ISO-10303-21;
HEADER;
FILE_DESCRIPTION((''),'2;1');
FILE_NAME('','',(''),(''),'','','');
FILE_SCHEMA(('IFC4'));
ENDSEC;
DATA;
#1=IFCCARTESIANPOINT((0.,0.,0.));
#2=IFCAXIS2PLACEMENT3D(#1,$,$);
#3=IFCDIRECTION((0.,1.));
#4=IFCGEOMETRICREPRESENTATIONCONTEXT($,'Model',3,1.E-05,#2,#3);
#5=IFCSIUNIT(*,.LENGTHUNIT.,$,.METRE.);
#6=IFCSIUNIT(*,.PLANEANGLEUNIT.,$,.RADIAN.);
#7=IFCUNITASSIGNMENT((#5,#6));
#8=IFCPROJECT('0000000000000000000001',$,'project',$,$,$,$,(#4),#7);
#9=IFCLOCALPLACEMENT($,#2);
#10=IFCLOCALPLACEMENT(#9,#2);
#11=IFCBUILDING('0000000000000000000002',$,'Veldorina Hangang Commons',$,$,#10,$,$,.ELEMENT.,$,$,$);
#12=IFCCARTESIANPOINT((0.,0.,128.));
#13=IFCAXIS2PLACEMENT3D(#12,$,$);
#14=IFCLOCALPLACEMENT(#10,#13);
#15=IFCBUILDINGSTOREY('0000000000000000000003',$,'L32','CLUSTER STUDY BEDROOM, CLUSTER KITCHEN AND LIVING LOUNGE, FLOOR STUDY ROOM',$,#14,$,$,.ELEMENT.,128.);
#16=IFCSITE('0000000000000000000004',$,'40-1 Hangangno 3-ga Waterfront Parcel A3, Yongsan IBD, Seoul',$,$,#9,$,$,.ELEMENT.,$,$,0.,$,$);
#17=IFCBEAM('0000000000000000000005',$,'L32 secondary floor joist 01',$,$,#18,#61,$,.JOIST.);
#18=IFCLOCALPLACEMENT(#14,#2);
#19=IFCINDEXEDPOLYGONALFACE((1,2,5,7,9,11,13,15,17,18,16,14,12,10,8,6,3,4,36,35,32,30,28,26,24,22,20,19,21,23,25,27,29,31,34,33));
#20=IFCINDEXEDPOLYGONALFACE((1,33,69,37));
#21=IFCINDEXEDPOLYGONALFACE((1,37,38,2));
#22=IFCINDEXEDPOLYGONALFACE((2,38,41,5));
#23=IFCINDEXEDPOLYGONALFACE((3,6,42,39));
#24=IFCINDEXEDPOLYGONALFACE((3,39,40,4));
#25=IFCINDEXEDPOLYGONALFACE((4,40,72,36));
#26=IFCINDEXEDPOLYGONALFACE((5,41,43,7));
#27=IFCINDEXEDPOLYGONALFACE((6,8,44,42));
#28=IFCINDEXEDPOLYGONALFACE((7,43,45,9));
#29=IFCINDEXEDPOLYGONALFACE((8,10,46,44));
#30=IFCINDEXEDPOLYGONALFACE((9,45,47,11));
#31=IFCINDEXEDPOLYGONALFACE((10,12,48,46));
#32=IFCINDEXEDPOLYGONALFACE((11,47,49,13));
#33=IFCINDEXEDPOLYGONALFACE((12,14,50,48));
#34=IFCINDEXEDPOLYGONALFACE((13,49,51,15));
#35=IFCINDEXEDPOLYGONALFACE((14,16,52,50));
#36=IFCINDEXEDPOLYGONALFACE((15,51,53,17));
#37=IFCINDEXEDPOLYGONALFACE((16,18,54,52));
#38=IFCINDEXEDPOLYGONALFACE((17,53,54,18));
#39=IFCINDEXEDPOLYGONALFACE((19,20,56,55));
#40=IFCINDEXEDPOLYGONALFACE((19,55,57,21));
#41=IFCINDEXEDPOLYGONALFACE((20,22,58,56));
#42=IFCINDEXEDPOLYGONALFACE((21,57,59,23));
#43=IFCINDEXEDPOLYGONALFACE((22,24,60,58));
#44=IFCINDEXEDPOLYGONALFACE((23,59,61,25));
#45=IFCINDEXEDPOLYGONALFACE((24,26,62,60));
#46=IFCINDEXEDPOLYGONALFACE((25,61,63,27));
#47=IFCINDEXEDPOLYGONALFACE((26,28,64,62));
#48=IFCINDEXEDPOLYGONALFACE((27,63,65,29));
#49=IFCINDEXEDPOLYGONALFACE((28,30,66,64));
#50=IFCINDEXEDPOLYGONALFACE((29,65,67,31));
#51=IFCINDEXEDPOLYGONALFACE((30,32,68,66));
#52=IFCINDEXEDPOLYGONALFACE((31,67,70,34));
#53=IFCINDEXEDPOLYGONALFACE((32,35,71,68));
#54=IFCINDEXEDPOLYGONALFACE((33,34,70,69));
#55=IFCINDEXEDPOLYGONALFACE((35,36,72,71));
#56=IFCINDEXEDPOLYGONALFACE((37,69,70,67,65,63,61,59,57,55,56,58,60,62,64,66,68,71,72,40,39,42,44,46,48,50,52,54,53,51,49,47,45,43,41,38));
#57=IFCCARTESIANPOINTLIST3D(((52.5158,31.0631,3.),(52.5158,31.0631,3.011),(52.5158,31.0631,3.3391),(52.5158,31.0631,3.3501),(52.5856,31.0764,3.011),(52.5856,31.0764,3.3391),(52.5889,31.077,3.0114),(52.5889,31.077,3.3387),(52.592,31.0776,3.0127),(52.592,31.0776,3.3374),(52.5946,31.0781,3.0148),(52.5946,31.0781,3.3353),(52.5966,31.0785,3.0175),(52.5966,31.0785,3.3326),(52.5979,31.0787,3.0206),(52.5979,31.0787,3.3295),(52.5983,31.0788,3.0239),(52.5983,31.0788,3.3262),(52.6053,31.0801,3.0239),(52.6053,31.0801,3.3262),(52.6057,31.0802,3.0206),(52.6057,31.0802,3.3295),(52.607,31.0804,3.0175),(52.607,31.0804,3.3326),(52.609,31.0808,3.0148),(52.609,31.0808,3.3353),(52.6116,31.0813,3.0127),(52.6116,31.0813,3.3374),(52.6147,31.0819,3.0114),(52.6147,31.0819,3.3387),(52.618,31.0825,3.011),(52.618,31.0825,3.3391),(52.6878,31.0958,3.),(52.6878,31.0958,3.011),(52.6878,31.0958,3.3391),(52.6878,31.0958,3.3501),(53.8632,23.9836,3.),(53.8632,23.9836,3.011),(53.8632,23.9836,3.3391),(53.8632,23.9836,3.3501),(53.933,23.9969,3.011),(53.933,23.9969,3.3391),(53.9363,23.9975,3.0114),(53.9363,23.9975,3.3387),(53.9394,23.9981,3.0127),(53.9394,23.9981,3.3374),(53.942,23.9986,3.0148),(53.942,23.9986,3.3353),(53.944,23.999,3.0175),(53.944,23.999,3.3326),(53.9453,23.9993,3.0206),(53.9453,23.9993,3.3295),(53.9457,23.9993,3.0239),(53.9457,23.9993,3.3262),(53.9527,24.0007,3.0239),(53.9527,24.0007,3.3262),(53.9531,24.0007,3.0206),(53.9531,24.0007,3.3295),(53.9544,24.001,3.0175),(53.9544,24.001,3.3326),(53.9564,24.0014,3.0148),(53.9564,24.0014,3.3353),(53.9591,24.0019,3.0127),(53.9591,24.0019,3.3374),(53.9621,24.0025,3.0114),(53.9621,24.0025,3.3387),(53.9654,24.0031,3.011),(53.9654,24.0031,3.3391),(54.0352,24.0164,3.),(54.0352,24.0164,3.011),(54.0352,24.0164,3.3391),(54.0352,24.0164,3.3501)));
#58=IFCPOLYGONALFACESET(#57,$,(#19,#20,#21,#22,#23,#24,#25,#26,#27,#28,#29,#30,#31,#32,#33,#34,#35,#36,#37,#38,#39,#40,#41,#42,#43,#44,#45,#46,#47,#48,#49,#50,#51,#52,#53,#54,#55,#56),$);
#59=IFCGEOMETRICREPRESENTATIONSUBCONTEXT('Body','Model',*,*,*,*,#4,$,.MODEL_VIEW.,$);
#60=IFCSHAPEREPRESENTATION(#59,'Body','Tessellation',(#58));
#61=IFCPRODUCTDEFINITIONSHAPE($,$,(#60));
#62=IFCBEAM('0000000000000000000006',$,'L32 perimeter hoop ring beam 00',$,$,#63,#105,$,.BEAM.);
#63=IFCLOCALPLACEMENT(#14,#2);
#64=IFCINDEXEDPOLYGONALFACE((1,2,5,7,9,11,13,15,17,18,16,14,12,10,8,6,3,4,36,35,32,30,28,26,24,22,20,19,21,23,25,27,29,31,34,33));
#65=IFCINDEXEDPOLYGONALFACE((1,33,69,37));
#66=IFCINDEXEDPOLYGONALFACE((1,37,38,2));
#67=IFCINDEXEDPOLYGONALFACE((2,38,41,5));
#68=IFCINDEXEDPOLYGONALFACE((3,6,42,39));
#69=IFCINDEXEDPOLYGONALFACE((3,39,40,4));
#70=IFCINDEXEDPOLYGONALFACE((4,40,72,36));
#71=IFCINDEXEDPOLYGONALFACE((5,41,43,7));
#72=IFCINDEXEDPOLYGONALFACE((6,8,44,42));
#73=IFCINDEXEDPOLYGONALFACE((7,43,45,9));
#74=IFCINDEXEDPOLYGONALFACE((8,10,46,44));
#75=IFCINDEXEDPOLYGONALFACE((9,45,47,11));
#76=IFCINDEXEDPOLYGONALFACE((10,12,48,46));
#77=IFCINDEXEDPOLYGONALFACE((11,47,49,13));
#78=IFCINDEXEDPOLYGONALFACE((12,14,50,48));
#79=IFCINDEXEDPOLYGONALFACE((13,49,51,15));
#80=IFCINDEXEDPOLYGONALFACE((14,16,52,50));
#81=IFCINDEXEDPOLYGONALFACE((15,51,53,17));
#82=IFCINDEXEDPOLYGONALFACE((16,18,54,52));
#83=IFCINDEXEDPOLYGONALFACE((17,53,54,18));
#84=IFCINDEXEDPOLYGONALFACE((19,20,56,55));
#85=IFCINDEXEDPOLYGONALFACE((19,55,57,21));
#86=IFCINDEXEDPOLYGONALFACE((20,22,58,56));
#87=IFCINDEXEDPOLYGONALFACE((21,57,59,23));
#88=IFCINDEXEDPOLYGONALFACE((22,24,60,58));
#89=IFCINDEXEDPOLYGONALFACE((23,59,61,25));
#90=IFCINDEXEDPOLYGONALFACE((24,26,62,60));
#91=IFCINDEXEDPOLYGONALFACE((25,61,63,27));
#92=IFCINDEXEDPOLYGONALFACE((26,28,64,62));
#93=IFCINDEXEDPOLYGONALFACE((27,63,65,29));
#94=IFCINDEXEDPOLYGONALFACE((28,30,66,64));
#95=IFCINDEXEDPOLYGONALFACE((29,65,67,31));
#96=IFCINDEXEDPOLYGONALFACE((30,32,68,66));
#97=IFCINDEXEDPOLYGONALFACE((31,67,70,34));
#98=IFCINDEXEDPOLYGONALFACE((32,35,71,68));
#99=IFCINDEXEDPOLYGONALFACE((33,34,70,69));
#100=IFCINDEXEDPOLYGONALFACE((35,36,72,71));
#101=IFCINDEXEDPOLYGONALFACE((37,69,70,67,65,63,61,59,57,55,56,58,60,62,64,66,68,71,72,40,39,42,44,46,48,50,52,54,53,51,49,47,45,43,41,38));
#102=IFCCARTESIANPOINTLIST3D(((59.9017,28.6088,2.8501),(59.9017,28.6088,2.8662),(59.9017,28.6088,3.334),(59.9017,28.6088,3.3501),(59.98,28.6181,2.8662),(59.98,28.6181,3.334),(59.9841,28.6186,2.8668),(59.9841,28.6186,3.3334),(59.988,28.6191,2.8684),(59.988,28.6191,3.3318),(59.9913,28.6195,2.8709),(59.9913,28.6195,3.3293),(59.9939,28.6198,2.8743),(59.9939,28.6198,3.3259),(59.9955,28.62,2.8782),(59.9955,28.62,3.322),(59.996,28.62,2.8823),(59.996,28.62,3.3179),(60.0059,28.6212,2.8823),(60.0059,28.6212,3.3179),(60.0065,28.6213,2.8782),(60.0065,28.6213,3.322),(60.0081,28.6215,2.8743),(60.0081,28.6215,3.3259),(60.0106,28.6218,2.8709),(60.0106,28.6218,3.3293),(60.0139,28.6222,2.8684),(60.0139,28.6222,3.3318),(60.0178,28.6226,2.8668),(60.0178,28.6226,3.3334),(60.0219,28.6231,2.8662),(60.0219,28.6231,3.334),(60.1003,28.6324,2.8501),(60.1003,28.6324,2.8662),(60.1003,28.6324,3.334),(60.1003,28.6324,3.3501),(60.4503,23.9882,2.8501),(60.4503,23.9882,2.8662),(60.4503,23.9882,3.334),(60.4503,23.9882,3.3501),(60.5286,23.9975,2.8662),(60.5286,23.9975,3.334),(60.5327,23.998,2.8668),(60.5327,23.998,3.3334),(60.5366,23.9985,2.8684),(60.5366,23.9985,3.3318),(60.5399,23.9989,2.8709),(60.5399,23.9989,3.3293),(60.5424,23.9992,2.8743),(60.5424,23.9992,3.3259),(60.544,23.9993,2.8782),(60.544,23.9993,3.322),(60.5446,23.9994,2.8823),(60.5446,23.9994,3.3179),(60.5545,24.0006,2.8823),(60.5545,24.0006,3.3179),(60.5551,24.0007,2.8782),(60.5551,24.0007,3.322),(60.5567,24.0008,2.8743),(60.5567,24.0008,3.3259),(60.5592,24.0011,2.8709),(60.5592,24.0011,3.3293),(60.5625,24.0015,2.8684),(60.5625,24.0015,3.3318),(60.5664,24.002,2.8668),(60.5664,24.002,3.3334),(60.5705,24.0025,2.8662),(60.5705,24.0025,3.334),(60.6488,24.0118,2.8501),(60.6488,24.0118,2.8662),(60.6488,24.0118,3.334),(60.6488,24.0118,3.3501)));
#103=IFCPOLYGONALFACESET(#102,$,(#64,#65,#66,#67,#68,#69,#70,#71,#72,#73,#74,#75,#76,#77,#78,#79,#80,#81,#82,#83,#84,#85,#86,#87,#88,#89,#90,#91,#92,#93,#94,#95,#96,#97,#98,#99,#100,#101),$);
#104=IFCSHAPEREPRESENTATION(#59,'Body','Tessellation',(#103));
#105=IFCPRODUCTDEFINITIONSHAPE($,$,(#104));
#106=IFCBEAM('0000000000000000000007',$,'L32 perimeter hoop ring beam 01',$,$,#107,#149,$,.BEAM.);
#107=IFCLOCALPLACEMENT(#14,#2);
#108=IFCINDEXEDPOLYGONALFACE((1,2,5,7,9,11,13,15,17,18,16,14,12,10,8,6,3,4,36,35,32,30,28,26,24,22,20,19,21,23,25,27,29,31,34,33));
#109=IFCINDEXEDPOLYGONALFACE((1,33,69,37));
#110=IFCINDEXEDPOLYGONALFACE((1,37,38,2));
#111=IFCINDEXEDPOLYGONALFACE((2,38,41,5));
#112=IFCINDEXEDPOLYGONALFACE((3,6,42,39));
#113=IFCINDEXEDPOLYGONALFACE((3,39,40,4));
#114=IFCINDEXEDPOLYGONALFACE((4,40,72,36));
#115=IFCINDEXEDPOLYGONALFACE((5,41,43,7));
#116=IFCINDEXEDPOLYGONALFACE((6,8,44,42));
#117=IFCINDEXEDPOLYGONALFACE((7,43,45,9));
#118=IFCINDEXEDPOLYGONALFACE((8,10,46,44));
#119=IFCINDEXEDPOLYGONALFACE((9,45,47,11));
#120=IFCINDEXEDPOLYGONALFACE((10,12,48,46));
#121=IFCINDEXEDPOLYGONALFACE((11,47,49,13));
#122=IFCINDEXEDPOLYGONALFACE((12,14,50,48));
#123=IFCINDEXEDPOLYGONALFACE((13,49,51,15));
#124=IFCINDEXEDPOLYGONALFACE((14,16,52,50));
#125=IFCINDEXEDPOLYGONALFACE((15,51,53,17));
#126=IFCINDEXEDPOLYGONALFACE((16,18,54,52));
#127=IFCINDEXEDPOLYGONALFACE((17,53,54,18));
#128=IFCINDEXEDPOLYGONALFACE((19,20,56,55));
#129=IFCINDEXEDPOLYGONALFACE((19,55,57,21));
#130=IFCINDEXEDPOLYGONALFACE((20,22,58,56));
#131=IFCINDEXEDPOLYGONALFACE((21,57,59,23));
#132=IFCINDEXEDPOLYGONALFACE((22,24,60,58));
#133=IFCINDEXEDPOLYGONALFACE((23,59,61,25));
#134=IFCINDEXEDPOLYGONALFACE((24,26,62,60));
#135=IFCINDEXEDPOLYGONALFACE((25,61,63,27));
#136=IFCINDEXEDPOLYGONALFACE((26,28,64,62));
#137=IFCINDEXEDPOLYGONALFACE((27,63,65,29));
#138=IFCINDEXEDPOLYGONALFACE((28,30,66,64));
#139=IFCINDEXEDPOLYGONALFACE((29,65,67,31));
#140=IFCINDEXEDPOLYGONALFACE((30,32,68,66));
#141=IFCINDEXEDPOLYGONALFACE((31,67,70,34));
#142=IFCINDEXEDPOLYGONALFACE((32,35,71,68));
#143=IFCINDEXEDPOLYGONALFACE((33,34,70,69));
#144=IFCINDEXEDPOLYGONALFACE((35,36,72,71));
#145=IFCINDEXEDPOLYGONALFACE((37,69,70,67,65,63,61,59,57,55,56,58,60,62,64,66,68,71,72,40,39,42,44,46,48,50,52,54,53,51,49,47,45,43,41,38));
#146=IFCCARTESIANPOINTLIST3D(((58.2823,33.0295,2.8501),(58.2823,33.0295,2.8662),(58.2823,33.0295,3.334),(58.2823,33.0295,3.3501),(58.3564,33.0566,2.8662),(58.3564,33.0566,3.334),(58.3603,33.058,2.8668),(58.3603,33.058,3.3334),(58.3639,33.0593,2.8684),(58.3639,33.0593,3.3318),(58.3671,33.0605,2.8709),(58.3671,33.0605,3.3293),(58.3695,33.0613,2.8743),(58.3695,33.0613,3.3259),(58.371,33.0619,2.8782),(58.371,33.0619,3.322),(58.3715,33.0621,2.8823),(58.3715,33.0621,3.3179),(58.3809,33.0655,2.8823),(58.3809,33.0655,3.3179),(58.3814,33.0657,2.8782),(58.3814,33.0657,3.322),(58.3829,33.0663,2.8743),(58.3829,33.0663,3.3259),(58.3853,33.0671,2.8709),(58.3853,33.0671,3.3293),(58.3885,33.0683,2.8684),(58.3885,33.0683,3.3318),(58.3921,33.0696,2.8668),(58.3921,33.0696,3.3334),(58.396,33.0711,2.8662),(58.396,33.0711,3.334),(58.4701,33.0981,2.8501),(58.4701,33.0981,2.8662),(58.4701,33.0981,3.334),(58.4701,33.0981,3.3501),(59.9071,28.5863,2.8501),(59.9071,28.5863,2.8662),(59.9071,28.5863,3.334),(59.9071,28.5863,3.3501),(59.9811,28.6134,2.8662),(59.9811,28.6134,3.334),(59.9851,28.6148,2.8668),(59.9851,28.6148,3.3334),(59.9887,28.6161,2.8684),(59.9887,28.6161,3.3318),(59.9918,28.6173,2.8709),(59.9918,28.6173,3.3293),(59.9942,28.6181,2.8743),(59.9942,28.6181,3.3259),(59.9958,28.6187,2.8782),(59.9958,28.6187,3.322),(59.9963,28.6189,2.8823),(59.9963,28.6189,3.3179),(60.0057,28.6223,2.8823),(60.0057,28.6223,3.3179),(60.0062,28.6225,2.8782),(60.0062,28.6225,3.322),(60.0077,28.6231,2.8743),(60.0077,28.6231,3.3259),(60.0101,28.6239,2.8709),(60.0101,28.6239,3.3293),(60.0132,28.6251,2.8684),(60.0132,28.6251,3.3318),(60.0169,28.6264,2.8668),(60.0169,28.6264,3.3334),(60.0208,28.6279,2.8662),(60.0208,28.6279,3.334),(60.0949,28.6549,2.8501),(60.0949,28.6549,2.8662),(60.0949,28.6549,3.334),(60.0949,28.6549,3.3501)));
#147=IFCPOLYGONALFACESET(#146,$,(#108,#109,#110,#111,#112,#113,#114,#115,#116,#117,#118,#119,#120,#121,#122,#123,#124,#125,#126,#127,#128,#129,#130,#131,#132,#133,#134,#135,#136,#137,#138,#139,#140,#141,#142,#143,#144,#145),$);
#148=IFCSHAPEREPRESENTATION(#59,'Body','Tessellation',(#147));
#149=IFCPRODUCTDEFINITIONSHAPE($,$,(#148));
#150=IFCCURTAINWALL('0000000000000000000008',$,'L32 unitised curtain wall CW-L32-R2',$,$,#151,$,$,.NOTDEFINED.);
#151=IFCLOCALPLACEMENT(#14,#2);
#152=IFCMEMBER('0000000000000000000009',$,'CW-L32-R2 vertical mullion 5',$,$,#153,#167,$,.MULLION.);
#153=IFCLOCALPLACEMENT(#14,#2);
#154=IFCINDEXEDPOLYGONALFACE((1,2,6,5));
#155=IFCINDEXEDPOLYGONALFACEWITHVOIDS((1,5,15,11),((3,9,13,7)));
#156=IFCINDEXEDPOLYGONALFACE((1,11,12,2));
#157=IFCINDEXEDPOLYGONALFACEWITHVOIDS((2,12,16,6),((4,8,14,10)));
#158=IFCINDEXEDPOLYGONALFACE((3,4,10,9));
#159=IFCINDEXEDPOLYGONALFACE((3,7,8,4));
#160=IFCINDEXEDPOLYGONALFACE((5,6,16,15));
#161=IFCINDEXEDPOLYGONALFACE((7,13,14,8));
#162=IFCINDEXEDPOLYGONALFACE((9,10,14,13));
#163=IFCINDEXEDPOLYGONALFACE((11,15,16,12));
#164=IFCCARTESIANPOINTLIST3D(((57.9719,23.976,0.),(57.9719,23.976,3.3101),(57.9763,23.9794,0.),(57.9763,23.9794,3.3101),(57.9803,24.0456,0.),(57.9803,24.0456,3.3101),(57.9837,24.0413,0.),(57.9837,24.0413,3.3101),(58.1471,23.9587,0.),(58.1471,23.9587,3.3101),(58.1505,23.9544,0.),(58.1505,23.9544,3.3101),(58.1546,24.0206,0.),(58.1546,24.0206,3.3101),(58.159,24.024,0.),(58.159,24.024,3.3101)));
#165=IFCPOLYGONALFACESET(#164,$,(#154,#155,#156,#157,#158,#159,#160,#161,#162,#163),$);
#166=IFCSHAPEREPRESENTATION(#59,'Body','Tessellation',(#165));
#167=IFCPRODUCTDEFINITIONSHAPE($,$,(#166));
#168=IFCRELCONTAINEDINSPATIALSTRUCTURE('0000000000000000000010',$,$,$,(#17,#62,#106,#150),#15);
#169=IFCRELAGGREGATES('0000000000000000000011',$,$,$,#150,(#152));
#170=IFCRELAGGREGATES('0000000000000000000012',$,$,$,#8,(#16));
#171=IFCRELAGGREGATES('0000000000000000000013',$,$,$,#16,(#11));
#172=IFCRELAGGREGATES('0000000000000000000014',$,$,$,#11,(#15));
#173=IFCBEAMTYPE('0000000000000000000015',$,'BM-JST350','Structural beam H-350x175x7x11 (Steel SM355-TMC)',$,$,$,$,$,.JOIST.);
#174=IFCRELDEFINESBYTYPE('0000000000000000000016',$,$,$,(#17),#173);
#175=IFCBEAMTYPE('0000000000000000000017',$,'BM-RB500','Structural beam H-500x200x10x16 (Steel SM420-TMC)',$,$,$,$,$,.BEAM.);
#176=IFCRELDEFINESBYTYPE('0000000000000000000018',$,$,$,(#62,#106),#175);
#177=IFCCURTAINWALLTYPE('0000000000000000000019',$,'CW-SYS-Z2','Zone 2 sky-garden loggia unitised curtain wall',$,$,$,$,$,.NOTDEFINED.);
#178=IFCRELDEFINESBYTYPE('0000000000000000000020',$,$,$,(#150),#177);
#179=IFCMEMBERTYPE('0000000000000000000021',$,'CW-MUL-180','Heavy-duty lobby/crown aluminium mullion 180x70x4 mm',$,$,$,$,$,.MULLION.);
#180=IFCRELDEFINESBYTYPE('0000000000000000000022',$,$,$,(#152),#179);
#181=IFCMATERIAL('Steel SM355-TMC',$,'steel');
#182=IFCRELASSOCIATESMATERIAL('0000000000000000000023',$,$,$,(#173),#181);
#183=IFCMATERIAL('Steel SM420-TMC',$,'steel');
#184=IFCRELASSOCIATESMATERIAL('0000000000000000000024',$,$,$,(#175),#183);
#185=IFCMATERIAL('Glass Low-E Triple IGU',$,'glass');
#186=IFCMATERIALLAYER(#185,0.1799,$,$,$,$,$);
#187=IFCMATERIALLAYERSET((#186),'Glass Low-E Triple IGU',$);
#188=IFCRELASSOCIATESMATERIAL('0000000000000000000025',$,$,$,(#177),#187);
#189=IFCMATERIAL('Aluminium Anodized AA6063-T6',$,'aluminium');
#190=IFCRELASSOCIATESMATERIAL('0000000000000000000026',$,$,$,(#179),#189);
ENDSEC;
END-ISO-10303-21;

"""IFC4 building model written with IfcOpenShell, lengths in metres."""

from ifc_helpers import new_model, si_unit, direction, frame, origin, origin_2d, place, context, subcontext, project, spatial, hollow_rectangle, i_section, extrude, material, layer, layer_set, material_profile, profile_set, type_object, element, aggregate, save


model = new_model("IFC4")

# Units and contexts
model_context = context("Model", 3, precision=1e-05, world=origin(), true_north=direction((0.0, 1.0)))
body_context = subcontext(model_context, "Body", "Model", "MODEL_VIEW")
ifc_project = project(units=[si_unit("LENGTHUNIT", "METRE"), si_unit("PLANEANGLEUNIT", "RADIAN")], contexts=[model_context])

# Site, building, storey
site_placement = place(None, origin())
site = spatial("IfcSite", under=ifc_project, at=site_placement, Name="40-1 Hangangno 3-ga Waterfront Parcel A3, Yongsan IBD, Seoul", CompositionType="ELEMENT", RefElevation=0.0)
building_placement = place(site_placement, origin())
building = spatial("IfcBuilding", under=site, at=building_placement, Name="Veldorina Hangang Commons", CompositionType="ELEMENT")
storey_placement = place(building_placement, frame((0.0, 0.0, 128.0)))
storey = spatial("IfcBuildingStorey", under=building, at=storey_placement, Name="L32", Description="CLUSTER STUDY BEDROOM, CLUSTER KITCHEN AND LIVING LOUNGE, FLOOR STUDY ROOM", CompositionType="ELEMENT", Elevation=128.0)

# Beams
ifc_material_1 = material(Name="Steel SM355-TMC", Category="steel")
ifc_material_profile_1 = material_profile(ifc_material_1, i_section(OverallWidth=0.175, OverallDepth=0.3501, WebThickness=0.0071, FlangeThickness=0.011, FilletRadius=0.0129, at=origin_2d()), Name="H-350x175x7x11")
ifc_profile_set_1 = profile_set([ifc_material_profile_1], Name="Steel SM355-TMC")
beam_type_1 = type_object("IfcBeamType", Name="BM-JST350", Description="Structural beam H-350x175x7x11 (Steel SM355-TMC)", PredefinedType="JOIST", material=ifc_profile_set_1)
beam_1_placement = place(storey_placement, frame((53.9492, 24.0, 3.175), z_axis=(-0.186974, 0.982365, 0.0), x_axis=(-0.982365, -0.186974, 0.0)))
element("IfcBeam", 1, at=beam_1_placement, inside=storey, type_object=beam_type_1, Name="L32 secondary floor joist 01", PredefinedType="JOIST", context=body_context, shape_type="SweptSolid", body=[
    extrude(i_section(OverallWidth=0.175, OverallDepth=0.3501, WebThickness=0.0071, FlangeThickness=0.011, FilletRadius=0.0129, at=origin_2d()), origin(), (0.0, 0.0, 1.0), 7.2065),
])
ifc_material_2 = material(Name="Steel SM420-TMC", Category="steel")
ifc_material_profile_2 = material_profile(ifc_material_2, i_section(OverallWidth=0.2, OverallDepth=0.5, WebThickness=0.01, FlangeThickness=0.0161, FilletRadius=0.0161, at=origin_2d()), Name="H-500x200x10x16")
ifc_profile_set_2 = profile_set([ifc_material_profile_2], Name="Steel SM420-TMC")
beam_type_2 = type_object("IfcBeamType", Name="BM-RB500", Description="Structural beam H-500x200x10x16 (Steel SM420-TMC)", PredefinedType="BEAM", material=ifc_profile_set_2)
beam_2_placement = place(storey_placement, frame((60.5496, 24.0, 3.1001), z_axis=(-0.117898, 0.993026, 0.0), x_axis=(-0.993026, -0.117898, 0.0)))
element("IfcBeam", 2, at=beam_2_placement, inside=storey, type_object=beam_type_2, Name="L32 perimeter hoop ring beam 00", PredefinedType="BEAM", context=body_context, shape_type="SweptSolid", body=[
    extrude(i_section(OverallWidth=0.2, OverallDepth=0.5, WebThickness=0.01, FlangeThickness=0.0161, FilletRadius=0.0161, at=origin_2d()), origin(), (0.0, 0.0, 1.0), 4.6531),
])
beam_3_placement = place(storey_placement, frame((60.001, 28.6206, 3.1001), z_axis=(-0.343437, 0.939176, 0.0), x_axis=(-0.939176, -0.343437, 0.0)))
element("IfcBeam", 3, at=beam_3_placement, inside=storey, type_object=beam_type_2, Name="L32 perimeter hoop ring beam 01", PredefinedType="BEAM", context=body_context, shape_type="SweptSolid", body=[
    extrude(i_section(OverallWidth=0.2, OverallDepth=0.5, WebThickness=0.01, FlangeThickness=0.0161, FilletRadius=0.0161, at=origin_2d()), origin(), (0.0, 0.0, 1.0), 4.731),
])

# Curtain wall, member
ifc_material_3 = material(Name="Glass Low-E Triple IGU", Category="glass")
ifc_layer_1 = layer(ifc_material_3, 0.1799)
ifc_layer_set_1 = layer_set([ifc_layer_1], Name="Glass Low-E Triple IGU")
curtain_wall_type = type_object("IfcCurtainWallType", Name="CW-SYS-Z2", Description="Zone 2 sky-garden loggia unitised curtain wall", PredefinedType="NOTDEFINED", material=ifc_layer_set_1)
curtain_wall_placement = place(storey_placement, origin())
curtain_wall = element("IfcCurtainWall", 4, at=curtain_wall_placement, inside=storey, type_object=curtain_wall_type, Name="L32 unitised curtain wall CW-L32-R2", PredefinedType="NOTDEFINED")
ifc_material_4 = material(Name="Aluminium Anodized AA6063-T6", Category="aluminium")
ifc_material_profile_3 = material_profile(ifc_material_4, hollow_rectangle(XDim=0.0701, YDim=0.1799, WallThickness=0.0039, at=origin_2d()), Name="ALU-RHS-180x70x4")
ifc_profile_set_3 = profile_set([ifc_material_profile_3], Name="Aluminium Anodized AA6063-T6")
member_type_1 = type_object("IfcMemberType", Name="CW-MUL-180", Description="Heavy-duty lobby/crown aluminium mullion 180x70x4 mm", PredefinedType="MULLION", material=ifc_profile_set_3)
member_1_placement = place(storey_placement, frame((58.0654, 24.0, 0.0), z_axis=(0.0, 0.0, 1.0), x_axis=(-0.120258, -0.992743, 0.0)))
member_1 = element("IfcMember", 5, at=member_1_placement, type_object=member_type_1, Name="CW-L32-R2 vertical mullion 5", PredefinedType="MULLION", context=body_context, shape_type="SweptSolid", body=[
    extrude(hollow_rectangle(XDim=0.0701, YDim=0.1799, WallThickness=0.0039, at=origin_2d()), origin(), (0.0, 0.0, 1.0), 3.3101),
])
aggregate(curtain_wall, [member_1])

save(model, "model.ifc")
